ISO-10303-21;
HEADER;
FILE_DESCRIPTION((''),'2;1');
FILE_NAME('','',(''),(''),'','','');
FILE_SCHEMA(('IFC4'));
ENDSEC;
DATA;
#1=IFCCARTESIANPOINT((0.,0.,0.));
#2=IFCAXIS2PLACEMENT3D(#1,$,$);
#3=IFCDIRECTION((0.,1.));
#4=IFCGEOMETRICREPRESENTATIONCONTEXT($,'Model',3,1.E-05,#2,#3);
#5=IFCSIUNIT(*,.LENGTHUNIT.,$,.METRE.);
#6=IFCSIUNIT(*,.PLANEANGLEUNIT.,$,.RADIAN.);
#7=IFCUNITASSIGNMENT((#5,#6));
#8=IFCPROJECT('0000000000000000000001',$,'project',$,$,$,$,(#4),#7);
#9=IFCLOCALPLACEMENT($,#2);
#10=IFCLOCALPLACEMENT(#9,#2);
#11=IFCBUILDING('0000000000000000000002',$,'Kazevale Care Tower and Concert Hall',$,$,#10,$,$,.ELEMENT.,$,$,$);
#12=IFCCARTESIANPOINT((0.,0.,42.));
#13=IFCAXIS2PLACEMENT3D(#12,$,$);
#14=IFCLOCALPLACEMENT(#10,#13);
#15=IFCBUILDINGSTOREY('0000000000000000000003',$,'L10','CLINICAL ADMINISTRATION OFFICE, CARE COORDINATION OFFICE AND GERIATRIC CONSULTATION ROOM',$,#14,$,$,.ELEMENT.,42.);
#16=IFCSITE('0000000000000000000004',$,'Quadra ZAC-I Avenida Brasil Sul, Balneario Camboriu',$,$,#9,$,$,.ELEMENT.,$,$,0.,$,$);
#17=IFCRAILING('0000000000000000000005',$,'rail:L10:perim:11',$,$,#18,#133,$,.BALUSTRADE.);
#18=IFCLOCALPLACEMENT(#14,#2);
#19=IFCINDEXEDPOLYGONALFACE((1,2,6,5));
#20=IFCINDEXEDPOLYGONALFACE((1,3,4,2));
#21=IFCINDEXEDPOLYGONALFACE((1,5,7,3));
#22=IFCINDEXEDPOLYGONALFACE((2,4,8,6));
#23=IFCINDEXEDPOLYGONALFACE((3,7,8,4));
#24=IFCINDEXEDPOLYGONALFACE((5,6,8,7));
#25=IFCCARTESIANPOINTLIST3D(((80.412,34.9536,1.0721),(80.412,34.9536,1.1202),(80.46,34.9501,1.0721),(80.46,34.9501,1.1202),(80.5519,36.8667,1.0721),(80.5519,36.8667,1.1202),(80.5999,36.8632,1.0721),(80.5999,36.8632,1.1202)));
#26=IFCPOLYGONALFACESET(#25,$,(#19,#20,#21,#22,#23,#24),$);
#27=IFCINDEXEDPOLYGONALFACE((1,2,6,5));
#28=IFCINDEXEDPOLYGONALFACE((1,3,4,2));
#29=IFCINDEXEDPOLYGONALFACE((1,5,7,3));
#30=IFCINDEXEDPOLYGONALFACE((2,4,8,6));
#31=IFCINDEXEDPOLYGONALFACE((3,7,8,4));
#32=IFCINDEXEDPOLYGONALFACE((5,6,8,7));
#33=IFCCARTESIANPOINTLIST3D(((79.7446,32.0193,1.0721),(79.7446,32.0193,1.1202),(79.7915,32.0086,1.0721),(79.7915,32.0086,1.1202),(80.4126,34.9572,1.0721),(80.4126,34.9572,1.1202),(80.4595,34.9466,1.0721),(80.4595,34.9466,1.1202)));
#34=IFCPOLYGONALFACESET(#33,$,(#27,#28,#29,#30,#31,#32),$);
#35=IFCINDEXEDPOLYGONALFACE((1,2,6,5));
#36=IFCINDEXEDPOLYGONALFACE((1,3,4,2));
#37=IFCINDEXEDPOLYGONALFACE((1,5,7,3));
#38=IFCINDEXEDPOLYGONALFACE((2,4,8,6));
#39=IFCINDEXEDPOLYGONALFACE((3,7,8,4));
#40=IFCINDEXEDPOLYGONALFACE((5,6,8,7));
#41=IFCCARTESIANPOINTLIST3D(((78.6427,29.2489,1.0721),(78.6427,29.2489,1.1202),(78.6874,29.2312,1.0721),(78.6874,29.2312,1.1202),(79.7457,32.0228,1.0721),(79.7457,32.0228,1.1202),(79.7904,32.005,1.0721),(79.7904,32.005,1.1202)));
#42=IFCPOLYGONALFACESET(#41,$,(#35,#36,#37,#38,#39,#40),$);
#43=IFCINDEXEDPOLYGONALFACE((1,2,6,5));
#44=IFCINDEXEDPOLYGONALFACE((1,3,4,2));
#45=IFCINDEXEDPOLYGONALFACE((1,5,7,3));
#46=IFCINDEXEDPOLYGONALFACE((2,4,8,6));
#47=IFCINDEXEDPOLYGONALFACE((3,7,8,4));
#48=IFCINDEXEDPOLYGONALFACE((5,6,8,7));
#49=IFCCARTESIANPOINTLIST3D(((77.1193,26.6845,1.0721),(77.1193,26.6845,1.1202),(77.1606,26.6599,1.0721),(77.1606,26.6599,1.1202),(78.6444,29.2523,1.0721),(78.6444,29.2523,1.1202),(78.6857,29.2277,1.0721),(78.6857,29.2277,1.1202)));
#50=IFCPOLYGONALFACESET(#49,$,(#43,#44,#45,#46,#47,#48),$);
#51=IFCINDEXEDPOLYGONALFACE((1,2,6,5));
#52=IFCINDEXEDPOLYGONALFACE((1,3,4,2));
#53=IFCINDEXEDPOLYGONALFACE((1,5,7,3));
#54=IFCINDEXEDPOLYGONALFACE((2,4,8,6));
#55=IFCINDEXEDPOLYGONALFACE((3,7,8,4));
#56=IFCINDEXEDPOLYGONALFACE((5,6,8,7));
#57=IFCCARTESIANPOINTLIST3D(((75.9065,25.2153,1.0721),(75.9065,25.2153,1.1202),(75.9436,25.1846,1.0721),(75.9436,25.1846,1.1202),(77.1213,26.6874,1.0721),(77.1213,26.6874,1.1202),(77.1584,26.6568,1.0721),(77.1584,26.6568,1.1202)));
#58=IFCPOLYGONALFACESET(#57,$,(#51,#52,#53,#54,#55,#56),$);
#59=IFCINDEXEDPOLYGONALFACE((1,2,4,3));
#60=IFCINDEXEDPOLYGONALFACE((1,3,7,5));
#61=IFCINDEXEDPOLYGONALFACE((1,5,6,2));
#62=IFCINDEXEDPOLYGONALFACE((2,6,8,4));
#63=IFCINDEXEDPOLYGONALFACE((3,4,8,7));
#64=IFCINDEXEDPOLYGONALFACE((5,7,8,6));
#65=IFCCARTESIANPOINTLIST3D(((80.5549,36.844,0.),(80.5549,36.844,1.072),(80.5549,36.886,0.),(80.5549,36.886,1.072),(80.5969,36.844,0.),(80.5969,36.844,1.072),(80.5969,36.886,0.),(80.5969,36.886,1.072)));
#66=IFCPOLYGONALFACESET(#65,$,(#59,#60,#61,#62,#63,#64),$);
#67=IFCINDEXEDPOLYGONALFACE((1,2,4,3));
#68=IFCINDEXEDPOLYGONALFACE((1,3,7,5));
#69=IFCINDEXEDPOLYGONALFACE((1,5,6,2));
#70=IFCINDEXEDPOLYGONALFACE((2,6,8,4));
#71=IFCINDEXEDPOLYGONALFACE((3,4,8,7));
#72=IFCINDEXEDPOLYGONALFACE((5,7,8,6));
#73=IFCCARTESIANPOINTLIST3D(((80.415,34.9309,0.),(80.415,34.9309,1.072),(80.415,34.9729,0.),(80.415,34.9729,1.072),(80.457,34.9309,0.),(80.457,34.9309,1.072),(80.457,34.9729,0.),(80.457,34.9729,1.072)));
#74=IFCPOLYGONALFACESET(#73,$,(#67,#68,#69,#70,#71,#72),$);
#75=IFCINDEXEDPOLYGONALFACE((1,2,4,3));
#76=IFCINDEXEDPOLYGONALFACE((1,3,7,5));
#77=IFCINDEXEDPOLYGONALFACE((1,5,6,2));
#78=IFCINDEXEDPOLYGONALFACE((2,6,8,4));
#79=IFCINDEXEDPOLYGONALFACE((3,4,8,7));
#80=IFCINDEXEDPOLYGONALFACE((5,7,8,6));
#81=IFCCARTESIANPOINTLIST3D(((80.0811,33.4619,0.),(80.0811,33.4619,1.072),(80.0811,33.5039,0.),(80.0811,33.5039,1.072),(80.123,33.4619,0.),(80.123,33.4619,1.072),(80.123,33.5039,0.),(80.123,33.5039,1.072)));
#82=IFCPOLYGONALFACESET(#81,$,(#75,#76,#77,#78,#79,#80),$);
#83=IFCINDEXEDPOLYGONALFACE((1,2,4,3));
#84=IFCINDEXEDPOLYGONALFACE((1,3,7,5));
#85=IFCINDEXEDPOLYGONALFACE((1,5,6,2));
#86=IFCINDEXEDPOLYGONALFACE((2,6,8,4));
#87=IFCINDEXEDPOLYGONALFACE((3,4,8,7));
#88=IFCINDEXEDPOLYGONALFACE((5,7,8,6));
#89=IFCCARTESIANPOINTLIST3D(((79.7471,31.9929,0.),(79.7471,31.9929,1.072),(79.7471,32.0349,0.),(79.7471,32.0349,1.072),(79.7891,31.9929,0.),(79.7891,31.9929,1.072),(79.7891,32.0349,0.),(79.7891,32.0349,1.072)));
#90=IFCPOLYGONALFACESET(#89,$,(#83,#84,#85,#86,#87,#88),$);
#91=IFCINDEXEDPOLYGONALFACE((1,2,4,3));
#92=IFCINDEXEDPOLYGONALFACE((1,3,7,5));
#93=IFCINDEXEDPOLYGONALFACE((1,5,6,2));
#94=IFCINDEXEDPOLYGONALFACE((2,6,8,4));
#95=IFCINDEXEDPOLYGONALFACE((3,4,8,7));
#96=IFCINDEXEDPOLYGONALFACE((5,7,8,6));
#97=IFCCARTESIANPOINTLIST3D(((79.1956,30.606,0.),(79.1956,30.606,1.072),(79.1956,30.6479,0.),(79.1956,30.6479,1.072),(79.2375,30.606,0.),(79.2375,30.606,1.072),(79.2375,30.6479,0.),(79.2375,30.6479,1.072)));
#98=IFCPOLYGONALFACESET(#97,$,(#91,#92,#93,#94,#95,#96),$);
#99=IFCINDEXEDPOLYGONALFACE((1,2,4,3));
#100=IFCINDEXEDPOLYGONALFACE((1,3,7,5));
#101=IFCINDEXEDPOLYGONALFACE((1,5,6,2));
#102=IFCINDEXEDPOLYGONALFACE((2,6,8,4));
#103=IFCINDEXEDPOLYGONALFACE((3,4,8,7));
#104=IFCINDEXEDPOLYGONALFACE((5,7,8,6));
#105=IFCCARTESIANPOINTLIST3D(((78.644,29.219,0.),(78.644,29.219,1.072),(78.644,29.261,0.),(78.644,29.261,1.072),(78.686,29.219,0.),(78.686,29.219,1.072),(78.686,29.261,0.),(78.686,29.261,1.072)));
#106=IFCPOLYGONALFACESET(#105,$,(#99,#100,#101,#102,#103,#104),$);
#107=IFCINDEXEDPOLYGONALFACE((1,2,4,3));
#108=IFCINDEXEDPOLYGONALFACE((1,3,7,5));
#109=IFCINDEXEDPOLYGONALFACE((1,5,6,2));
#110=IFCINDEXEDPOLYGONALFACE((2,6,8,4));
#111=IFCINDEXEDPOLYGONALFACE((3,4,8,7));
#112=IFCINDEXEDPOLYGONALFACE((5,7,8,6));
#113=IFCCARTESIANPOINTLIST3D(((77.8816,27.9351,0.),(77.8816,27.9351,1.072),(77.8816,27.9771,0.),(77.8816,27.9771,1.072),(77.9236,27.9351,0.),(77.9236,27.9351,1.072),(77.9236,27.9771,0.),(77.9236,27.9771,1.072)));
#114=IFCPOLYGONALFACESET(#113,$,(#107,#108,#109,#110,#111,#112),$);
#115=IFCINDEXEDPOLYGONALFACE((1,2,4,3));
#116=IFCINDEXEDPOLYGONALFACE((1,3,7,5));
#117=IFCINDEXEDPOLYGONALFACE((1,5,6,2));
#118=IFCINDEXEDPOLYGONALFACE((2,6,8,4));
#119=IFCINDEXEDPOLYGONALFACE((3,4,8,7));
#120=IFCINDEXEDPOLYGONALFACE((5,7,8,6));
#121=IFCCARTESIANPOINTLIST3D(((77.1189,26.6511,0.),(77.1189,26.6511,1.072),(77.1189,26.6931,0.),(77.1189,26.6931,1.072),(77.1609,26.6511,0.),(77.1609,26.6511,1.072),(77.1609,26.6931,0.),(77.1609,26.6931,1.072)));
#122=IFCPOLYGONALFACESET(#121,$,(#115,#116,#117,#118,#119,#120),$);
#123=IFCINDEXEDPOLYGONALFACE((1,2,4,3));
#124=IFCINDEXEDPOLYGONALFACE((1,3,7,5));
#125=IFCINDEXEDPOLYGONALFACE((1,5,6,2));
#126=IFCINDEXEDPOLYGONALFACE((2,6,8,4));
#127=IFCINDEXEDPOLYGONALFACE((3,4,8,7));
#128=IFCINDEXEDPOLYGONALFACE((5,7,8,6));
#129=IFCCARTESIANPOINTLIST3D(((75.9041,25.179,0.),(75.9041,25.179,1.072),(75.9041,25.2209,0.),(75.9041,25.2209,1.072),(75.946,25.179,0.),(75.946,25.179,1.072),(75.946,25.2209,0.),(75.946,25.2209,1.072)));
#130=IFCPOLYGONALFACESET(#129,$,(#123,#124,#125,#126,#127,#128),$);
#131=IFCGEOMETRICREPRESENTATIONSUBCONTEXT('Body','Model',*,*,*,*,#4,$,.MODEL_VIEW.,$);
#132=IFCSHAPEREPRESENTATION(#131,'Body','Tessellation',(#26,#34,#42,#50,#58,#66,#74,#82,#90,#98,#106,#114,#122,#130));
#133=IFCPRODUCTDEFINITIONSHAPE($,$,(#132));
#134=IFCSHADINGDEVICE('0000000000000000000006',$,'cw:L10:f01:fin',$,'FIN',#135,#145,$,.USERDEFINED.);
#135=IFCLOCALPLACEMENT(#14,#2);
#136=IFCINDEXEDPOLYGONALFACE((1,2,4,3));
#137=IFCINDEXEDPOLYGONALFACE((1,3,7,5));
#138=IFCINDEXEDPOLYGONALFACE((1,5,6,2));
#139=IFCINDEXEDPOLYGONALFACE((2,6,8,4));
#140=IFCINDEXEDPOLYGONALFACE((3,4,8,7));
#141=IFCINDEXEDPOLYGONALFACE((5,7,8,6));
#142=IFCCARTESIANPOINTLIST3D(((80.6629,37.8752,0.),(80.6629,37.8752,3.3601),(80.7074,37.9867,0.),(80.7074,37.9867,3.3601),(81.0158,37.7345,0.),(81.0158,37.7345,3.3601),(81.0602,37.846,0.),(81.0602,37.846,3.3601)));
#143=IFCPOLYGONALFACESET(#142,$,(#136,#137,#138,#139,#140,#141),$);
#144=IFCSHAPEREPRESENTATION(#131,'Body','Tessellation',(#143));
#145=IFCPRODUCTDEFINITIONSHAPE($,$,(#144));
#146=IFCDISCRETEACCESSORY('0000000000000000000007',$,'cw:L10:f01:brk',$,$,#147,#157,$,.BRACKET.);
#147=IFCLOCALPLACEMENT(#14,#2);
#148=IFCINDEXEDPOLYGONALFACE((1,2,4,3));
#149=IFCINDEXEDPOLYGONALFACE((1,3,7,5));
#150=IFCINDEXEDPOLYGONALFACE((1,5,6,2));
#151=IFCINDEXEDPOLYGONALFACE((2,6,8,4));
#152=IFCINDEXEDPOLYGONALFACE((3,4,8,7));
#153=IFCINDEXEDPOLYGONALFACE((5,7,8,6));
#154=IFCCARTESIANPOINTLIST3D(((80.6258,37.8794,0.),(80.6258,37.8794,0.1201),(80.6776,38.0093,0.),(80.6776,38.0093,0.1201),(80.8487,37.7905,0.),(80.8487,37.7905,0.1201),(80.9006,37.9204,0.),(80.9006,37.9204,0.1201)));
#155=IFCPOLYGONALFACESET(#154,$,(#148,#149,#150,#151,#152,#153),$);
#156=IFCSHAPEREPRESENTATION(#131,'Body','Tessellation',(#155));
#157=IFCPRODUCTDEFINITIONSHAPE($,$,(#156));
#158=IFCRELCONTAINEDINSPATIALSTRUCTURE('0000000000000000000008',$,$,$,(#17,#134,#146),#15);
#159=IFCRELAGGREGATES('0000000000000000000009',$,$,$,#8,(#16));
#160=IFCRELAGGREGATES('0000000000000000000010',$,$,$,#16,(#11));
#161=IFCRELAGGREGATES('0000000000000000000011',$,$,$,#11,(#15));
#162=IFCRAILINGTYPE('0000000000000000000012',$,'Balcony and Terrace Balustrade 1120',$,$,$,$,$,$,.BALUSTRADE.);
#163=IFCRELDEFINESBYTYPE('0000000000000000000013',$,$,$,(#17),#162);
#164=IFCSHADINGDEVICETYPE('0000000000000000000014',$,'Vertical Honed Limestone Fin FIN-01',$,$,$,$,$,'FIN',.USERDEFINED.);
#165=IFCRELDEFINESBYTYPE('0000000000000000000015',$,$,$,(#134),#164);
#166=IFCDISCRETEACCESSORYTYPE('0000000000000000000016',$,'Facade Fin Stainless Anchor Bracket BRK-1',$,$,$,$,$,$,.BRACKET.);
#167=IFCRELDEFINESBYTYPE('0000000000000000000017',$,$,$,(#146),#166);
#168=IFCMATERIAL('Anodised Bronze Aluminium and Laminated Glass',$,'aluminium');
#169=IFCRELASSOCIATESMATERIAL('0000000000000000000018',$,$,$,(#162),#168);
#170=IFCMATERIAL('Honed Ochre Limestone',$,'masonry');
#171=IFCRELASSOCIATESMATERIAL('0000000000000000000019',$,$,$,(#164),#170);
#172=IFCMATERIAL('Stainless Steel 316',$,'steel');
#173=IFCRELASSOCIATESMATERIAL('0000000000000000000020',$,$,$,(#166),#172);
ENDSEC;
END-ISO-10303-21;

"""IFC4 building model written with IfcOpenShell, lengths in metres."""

from ifc_helpers import new_model, si_unit, direction, frame, origin, origin_2d, place, context, subcontext, project, spatial, rectangle, extrude, material, type_object, element, save


model = new_model("IFC4")

# Units and contexts
model_context = context("Model", 3, precision=1e-05, world=origin(), true_north=direction((0.0, 1.0)))
body_context = subcontext(model_context, "Body", "Model", "MODEL_VIEW")
ifc_project = project(units=[si_unit("LENGTHUNIT", "METRE"), si_unit("PLANEANGLEUNIT", "RADIAN")], contexts=[model_context])

# Site, building, storey
site_placement = place(None, origin())
site = spatial("IfcSite", under=ifc_project, at=site_placement, Name="Quadra ZAC-I Avenida Brasil Sul, Balneario Camboriu", CompositionType="ELEMENT", RefElevation=0.0)
building_placement = place(site_placement, origin())
building = spatial("IfcBuilding", under=site, at=building_placement, Name="Kazevale Care Tower and Concert Hall", CompositionType="ELEMENT")
storey_placement = place(building_placement, frame((0.0, 0.0, 42.0)))
storey = spatial("IfcBuildingStorey", under=building, at=storey_placement, Name="L10", Description="CLINICAL ADMINISTRATION OFFICE, CARE COORDINATION OFFICE AND GERIATRIC CONSULTATION ROOM", CompositionType="ELEMENT", Elevation=42.0)

# Railing
ifc_material_1 = material(Name="Anodised Bronze Aluminium and Laminated Glass", Category="aluminium")
railing_type = type_object("IfcRailingType", Name="Balcony and Terrace Balustrade 1120", PredefinedType="BALUSTRADE", material=ifc_material_1)
railing_placement = place(storey_placement, frame((80.5759, 36.865, 0.0)))
element("IfcRailing", 1, at=railing_placement, inside=storey, type_object=railing_type, Name="rail:L10:perim:11", PredefinedType="BALUSTRADE", context=body_context, shape_type="SweptSolid", body=[
    extrude(rectangle(XDim=0.0481, YDim=0.0481, at=origin_2d()), frame((0.0, 0.0, 1.0962), z_axis=(-0.072929, -0.997337, 0.0), x_axis=(0.997337, -0.072929, 0.0)), (0.0, 0.0, 1.0), 1.9182),
    extrude(rectangle(XDim=0.0481, YDim=0.0481, at=origin_2d()), frame((-0.1399, -1.9131, 1.0962), z_axis=(-0.221698, -0.975115, 0.0), x_axis=(0.975115, -0.221698, 0.0)), (0.0, 0.0, 1.0), 3.0129),
    extrude(rectangle(XDim=0.0481, YDim=0.0481, at=origin_2d()), frame((-0.8079, -4.8511, 1.0962), z_axis=(-0.3695, -0.929231, 0.0), x_axis=(0.929231, -0.3695, 0.0)), (0.0, 0.0, 1.0), 2.9851),
    extrude(rectangle(XDim=0.0481, YDim=0.0481, at=origin_2d()), frame((-1.9109, -7.625, 1.0962), z_axis=(-0.510656, -0.859785, 0.0), x_axis=(0.859785, -0.510656, 0.0)), (0.0, 0.0, 1.0), 2.9866),
    extrude(rectangle(XDim=0.0481, YDim=0.0481, at=origin_2d()), frame((-3.436, -10.1929, 1.0962), z_axis=(-0.636478, -0.771295, 0.0), x_axis=(0.771295, -0.636478, 0.0)), (0.0, 0.0, 1.0), 1.9087),
    extrude(rectangle(XDim=0.042, YDim=0.042, at=origin_2d()), origin(), (0.0, 0.0, 1.0), 1.072),
    extrude(rectangle(XDim=0.042, YDim=0.042, at=origin_2d()), frame((-0.1399, -1.9131, 0.0)), (0.0, 0.0, 1.0), 1.072),
    extrude(rectangle(XDim=0.042, YDim=0.042, at=origin_2d()), frame((-0.4739, -3.3821, 0.0)), (0.0, 0.0, 1.0), 1.072),
    extrude(rectangle(XDim=0.042, YDim=0.042, at=origin_2d()), frame((-0.8079, -4.8511, 0.0)), (0.0, 0.0, 1.0), 1.072),
    extrude(rectangle(XDim=0.042, YDim=0.042, at=origin_2d()), frame((-1.3594, -6.238, 0.0)), (0.0, 0.0, 1.0), 1.072),
    extrude(rectangle(XDim=0.042, YDim=0.042, at=origin_2d()), frame((-1.9109, -7.625, 0.0)), (0.0, 0.0, 1.0), 1.072),
    extrude(rectangle(XDim=0.042, YDim=0.042, at=origin_2d()), frame((-2.6733, -8.9089, 0.0)), (0.0, 0.0, 1.0), 1.072),
    extrude(rectangle(XDim=0.042, YDim=0.042, at=origin_2d()), frame((-3.436, -10.1929, 0.0)), (0.0, 0.0, 1.0), 1.072),
    extrude(rectangle(XDim=0.042, YDim=0.042, at=origin_2d()), frame((-4.6509, -11.665, 0.0)), (0.0, 0.0, 1.0), 1.072),
])

# Shading device
ifc_material_2 = material(Name="Honed Ochre Limestone", Category="masonry")
shading_device_type = type_object("IfcShadingDeviceType", Name="Vertical Honed Limestone Fin FIN-01", ElementType="FIN", PredefinedType="USERDEFINED", material=ifc_material_2)
shading_device_placement = place(storey_placement, frame((80.8616, 37.8606, 0.0), z_axis=(0.0, 0.0, 1.0), x_axis=(0.928874, -0.370395, 0.0)))
element("IfcShadingDevice", 2, at=shading_device_placement, inside=storey, type_object=shading_device_type, Name="cw:L10:f01:fin", ObjectType="FIN", PredefinedType="USERDEFINED", context=body_context, shape_type="SweptSolid", body=[
    extrude(rectangle(XDim=0.3799, YDim=0.1201, at=origin_2d()), origin(), (0.0, 0.0, 1.0), 3.3601),
])

# Discrete accessory
ifc_material_3 = material(Name="Stainless Steel 316", Category="steel")
discrete_accessory_type = type_object("IfcDiscreteAccessoryType", Name="Facade Fin Stainless Anchor Bracket BRK-1", PredefinedType="BRACKET", material=ifc_material_3)
discrete_accessory_placement = place(storey_placement, frame((80.7632, 37.8999, 0.0), z_axis=(0.0, 0.0, 1.0), x_axis=(0.928874, -0.370395, 0.0)))
element("IfcDiscreteAccessory", 3, at=discrete_accessory_placement, inside=storey, type_object=discrete_accessory_type, Name="cw:L10:f01:brk", PredefinedType="BRACKET", context=body_context, shape_type="SweptSolid", body=[
    extrude(rectangle(XDim=0.24, YDim=0.1399, at=origin_2d()), origin(), (0.0, 0.0, 1.0), 0.1201),
])

save(model, "model.ifc")
